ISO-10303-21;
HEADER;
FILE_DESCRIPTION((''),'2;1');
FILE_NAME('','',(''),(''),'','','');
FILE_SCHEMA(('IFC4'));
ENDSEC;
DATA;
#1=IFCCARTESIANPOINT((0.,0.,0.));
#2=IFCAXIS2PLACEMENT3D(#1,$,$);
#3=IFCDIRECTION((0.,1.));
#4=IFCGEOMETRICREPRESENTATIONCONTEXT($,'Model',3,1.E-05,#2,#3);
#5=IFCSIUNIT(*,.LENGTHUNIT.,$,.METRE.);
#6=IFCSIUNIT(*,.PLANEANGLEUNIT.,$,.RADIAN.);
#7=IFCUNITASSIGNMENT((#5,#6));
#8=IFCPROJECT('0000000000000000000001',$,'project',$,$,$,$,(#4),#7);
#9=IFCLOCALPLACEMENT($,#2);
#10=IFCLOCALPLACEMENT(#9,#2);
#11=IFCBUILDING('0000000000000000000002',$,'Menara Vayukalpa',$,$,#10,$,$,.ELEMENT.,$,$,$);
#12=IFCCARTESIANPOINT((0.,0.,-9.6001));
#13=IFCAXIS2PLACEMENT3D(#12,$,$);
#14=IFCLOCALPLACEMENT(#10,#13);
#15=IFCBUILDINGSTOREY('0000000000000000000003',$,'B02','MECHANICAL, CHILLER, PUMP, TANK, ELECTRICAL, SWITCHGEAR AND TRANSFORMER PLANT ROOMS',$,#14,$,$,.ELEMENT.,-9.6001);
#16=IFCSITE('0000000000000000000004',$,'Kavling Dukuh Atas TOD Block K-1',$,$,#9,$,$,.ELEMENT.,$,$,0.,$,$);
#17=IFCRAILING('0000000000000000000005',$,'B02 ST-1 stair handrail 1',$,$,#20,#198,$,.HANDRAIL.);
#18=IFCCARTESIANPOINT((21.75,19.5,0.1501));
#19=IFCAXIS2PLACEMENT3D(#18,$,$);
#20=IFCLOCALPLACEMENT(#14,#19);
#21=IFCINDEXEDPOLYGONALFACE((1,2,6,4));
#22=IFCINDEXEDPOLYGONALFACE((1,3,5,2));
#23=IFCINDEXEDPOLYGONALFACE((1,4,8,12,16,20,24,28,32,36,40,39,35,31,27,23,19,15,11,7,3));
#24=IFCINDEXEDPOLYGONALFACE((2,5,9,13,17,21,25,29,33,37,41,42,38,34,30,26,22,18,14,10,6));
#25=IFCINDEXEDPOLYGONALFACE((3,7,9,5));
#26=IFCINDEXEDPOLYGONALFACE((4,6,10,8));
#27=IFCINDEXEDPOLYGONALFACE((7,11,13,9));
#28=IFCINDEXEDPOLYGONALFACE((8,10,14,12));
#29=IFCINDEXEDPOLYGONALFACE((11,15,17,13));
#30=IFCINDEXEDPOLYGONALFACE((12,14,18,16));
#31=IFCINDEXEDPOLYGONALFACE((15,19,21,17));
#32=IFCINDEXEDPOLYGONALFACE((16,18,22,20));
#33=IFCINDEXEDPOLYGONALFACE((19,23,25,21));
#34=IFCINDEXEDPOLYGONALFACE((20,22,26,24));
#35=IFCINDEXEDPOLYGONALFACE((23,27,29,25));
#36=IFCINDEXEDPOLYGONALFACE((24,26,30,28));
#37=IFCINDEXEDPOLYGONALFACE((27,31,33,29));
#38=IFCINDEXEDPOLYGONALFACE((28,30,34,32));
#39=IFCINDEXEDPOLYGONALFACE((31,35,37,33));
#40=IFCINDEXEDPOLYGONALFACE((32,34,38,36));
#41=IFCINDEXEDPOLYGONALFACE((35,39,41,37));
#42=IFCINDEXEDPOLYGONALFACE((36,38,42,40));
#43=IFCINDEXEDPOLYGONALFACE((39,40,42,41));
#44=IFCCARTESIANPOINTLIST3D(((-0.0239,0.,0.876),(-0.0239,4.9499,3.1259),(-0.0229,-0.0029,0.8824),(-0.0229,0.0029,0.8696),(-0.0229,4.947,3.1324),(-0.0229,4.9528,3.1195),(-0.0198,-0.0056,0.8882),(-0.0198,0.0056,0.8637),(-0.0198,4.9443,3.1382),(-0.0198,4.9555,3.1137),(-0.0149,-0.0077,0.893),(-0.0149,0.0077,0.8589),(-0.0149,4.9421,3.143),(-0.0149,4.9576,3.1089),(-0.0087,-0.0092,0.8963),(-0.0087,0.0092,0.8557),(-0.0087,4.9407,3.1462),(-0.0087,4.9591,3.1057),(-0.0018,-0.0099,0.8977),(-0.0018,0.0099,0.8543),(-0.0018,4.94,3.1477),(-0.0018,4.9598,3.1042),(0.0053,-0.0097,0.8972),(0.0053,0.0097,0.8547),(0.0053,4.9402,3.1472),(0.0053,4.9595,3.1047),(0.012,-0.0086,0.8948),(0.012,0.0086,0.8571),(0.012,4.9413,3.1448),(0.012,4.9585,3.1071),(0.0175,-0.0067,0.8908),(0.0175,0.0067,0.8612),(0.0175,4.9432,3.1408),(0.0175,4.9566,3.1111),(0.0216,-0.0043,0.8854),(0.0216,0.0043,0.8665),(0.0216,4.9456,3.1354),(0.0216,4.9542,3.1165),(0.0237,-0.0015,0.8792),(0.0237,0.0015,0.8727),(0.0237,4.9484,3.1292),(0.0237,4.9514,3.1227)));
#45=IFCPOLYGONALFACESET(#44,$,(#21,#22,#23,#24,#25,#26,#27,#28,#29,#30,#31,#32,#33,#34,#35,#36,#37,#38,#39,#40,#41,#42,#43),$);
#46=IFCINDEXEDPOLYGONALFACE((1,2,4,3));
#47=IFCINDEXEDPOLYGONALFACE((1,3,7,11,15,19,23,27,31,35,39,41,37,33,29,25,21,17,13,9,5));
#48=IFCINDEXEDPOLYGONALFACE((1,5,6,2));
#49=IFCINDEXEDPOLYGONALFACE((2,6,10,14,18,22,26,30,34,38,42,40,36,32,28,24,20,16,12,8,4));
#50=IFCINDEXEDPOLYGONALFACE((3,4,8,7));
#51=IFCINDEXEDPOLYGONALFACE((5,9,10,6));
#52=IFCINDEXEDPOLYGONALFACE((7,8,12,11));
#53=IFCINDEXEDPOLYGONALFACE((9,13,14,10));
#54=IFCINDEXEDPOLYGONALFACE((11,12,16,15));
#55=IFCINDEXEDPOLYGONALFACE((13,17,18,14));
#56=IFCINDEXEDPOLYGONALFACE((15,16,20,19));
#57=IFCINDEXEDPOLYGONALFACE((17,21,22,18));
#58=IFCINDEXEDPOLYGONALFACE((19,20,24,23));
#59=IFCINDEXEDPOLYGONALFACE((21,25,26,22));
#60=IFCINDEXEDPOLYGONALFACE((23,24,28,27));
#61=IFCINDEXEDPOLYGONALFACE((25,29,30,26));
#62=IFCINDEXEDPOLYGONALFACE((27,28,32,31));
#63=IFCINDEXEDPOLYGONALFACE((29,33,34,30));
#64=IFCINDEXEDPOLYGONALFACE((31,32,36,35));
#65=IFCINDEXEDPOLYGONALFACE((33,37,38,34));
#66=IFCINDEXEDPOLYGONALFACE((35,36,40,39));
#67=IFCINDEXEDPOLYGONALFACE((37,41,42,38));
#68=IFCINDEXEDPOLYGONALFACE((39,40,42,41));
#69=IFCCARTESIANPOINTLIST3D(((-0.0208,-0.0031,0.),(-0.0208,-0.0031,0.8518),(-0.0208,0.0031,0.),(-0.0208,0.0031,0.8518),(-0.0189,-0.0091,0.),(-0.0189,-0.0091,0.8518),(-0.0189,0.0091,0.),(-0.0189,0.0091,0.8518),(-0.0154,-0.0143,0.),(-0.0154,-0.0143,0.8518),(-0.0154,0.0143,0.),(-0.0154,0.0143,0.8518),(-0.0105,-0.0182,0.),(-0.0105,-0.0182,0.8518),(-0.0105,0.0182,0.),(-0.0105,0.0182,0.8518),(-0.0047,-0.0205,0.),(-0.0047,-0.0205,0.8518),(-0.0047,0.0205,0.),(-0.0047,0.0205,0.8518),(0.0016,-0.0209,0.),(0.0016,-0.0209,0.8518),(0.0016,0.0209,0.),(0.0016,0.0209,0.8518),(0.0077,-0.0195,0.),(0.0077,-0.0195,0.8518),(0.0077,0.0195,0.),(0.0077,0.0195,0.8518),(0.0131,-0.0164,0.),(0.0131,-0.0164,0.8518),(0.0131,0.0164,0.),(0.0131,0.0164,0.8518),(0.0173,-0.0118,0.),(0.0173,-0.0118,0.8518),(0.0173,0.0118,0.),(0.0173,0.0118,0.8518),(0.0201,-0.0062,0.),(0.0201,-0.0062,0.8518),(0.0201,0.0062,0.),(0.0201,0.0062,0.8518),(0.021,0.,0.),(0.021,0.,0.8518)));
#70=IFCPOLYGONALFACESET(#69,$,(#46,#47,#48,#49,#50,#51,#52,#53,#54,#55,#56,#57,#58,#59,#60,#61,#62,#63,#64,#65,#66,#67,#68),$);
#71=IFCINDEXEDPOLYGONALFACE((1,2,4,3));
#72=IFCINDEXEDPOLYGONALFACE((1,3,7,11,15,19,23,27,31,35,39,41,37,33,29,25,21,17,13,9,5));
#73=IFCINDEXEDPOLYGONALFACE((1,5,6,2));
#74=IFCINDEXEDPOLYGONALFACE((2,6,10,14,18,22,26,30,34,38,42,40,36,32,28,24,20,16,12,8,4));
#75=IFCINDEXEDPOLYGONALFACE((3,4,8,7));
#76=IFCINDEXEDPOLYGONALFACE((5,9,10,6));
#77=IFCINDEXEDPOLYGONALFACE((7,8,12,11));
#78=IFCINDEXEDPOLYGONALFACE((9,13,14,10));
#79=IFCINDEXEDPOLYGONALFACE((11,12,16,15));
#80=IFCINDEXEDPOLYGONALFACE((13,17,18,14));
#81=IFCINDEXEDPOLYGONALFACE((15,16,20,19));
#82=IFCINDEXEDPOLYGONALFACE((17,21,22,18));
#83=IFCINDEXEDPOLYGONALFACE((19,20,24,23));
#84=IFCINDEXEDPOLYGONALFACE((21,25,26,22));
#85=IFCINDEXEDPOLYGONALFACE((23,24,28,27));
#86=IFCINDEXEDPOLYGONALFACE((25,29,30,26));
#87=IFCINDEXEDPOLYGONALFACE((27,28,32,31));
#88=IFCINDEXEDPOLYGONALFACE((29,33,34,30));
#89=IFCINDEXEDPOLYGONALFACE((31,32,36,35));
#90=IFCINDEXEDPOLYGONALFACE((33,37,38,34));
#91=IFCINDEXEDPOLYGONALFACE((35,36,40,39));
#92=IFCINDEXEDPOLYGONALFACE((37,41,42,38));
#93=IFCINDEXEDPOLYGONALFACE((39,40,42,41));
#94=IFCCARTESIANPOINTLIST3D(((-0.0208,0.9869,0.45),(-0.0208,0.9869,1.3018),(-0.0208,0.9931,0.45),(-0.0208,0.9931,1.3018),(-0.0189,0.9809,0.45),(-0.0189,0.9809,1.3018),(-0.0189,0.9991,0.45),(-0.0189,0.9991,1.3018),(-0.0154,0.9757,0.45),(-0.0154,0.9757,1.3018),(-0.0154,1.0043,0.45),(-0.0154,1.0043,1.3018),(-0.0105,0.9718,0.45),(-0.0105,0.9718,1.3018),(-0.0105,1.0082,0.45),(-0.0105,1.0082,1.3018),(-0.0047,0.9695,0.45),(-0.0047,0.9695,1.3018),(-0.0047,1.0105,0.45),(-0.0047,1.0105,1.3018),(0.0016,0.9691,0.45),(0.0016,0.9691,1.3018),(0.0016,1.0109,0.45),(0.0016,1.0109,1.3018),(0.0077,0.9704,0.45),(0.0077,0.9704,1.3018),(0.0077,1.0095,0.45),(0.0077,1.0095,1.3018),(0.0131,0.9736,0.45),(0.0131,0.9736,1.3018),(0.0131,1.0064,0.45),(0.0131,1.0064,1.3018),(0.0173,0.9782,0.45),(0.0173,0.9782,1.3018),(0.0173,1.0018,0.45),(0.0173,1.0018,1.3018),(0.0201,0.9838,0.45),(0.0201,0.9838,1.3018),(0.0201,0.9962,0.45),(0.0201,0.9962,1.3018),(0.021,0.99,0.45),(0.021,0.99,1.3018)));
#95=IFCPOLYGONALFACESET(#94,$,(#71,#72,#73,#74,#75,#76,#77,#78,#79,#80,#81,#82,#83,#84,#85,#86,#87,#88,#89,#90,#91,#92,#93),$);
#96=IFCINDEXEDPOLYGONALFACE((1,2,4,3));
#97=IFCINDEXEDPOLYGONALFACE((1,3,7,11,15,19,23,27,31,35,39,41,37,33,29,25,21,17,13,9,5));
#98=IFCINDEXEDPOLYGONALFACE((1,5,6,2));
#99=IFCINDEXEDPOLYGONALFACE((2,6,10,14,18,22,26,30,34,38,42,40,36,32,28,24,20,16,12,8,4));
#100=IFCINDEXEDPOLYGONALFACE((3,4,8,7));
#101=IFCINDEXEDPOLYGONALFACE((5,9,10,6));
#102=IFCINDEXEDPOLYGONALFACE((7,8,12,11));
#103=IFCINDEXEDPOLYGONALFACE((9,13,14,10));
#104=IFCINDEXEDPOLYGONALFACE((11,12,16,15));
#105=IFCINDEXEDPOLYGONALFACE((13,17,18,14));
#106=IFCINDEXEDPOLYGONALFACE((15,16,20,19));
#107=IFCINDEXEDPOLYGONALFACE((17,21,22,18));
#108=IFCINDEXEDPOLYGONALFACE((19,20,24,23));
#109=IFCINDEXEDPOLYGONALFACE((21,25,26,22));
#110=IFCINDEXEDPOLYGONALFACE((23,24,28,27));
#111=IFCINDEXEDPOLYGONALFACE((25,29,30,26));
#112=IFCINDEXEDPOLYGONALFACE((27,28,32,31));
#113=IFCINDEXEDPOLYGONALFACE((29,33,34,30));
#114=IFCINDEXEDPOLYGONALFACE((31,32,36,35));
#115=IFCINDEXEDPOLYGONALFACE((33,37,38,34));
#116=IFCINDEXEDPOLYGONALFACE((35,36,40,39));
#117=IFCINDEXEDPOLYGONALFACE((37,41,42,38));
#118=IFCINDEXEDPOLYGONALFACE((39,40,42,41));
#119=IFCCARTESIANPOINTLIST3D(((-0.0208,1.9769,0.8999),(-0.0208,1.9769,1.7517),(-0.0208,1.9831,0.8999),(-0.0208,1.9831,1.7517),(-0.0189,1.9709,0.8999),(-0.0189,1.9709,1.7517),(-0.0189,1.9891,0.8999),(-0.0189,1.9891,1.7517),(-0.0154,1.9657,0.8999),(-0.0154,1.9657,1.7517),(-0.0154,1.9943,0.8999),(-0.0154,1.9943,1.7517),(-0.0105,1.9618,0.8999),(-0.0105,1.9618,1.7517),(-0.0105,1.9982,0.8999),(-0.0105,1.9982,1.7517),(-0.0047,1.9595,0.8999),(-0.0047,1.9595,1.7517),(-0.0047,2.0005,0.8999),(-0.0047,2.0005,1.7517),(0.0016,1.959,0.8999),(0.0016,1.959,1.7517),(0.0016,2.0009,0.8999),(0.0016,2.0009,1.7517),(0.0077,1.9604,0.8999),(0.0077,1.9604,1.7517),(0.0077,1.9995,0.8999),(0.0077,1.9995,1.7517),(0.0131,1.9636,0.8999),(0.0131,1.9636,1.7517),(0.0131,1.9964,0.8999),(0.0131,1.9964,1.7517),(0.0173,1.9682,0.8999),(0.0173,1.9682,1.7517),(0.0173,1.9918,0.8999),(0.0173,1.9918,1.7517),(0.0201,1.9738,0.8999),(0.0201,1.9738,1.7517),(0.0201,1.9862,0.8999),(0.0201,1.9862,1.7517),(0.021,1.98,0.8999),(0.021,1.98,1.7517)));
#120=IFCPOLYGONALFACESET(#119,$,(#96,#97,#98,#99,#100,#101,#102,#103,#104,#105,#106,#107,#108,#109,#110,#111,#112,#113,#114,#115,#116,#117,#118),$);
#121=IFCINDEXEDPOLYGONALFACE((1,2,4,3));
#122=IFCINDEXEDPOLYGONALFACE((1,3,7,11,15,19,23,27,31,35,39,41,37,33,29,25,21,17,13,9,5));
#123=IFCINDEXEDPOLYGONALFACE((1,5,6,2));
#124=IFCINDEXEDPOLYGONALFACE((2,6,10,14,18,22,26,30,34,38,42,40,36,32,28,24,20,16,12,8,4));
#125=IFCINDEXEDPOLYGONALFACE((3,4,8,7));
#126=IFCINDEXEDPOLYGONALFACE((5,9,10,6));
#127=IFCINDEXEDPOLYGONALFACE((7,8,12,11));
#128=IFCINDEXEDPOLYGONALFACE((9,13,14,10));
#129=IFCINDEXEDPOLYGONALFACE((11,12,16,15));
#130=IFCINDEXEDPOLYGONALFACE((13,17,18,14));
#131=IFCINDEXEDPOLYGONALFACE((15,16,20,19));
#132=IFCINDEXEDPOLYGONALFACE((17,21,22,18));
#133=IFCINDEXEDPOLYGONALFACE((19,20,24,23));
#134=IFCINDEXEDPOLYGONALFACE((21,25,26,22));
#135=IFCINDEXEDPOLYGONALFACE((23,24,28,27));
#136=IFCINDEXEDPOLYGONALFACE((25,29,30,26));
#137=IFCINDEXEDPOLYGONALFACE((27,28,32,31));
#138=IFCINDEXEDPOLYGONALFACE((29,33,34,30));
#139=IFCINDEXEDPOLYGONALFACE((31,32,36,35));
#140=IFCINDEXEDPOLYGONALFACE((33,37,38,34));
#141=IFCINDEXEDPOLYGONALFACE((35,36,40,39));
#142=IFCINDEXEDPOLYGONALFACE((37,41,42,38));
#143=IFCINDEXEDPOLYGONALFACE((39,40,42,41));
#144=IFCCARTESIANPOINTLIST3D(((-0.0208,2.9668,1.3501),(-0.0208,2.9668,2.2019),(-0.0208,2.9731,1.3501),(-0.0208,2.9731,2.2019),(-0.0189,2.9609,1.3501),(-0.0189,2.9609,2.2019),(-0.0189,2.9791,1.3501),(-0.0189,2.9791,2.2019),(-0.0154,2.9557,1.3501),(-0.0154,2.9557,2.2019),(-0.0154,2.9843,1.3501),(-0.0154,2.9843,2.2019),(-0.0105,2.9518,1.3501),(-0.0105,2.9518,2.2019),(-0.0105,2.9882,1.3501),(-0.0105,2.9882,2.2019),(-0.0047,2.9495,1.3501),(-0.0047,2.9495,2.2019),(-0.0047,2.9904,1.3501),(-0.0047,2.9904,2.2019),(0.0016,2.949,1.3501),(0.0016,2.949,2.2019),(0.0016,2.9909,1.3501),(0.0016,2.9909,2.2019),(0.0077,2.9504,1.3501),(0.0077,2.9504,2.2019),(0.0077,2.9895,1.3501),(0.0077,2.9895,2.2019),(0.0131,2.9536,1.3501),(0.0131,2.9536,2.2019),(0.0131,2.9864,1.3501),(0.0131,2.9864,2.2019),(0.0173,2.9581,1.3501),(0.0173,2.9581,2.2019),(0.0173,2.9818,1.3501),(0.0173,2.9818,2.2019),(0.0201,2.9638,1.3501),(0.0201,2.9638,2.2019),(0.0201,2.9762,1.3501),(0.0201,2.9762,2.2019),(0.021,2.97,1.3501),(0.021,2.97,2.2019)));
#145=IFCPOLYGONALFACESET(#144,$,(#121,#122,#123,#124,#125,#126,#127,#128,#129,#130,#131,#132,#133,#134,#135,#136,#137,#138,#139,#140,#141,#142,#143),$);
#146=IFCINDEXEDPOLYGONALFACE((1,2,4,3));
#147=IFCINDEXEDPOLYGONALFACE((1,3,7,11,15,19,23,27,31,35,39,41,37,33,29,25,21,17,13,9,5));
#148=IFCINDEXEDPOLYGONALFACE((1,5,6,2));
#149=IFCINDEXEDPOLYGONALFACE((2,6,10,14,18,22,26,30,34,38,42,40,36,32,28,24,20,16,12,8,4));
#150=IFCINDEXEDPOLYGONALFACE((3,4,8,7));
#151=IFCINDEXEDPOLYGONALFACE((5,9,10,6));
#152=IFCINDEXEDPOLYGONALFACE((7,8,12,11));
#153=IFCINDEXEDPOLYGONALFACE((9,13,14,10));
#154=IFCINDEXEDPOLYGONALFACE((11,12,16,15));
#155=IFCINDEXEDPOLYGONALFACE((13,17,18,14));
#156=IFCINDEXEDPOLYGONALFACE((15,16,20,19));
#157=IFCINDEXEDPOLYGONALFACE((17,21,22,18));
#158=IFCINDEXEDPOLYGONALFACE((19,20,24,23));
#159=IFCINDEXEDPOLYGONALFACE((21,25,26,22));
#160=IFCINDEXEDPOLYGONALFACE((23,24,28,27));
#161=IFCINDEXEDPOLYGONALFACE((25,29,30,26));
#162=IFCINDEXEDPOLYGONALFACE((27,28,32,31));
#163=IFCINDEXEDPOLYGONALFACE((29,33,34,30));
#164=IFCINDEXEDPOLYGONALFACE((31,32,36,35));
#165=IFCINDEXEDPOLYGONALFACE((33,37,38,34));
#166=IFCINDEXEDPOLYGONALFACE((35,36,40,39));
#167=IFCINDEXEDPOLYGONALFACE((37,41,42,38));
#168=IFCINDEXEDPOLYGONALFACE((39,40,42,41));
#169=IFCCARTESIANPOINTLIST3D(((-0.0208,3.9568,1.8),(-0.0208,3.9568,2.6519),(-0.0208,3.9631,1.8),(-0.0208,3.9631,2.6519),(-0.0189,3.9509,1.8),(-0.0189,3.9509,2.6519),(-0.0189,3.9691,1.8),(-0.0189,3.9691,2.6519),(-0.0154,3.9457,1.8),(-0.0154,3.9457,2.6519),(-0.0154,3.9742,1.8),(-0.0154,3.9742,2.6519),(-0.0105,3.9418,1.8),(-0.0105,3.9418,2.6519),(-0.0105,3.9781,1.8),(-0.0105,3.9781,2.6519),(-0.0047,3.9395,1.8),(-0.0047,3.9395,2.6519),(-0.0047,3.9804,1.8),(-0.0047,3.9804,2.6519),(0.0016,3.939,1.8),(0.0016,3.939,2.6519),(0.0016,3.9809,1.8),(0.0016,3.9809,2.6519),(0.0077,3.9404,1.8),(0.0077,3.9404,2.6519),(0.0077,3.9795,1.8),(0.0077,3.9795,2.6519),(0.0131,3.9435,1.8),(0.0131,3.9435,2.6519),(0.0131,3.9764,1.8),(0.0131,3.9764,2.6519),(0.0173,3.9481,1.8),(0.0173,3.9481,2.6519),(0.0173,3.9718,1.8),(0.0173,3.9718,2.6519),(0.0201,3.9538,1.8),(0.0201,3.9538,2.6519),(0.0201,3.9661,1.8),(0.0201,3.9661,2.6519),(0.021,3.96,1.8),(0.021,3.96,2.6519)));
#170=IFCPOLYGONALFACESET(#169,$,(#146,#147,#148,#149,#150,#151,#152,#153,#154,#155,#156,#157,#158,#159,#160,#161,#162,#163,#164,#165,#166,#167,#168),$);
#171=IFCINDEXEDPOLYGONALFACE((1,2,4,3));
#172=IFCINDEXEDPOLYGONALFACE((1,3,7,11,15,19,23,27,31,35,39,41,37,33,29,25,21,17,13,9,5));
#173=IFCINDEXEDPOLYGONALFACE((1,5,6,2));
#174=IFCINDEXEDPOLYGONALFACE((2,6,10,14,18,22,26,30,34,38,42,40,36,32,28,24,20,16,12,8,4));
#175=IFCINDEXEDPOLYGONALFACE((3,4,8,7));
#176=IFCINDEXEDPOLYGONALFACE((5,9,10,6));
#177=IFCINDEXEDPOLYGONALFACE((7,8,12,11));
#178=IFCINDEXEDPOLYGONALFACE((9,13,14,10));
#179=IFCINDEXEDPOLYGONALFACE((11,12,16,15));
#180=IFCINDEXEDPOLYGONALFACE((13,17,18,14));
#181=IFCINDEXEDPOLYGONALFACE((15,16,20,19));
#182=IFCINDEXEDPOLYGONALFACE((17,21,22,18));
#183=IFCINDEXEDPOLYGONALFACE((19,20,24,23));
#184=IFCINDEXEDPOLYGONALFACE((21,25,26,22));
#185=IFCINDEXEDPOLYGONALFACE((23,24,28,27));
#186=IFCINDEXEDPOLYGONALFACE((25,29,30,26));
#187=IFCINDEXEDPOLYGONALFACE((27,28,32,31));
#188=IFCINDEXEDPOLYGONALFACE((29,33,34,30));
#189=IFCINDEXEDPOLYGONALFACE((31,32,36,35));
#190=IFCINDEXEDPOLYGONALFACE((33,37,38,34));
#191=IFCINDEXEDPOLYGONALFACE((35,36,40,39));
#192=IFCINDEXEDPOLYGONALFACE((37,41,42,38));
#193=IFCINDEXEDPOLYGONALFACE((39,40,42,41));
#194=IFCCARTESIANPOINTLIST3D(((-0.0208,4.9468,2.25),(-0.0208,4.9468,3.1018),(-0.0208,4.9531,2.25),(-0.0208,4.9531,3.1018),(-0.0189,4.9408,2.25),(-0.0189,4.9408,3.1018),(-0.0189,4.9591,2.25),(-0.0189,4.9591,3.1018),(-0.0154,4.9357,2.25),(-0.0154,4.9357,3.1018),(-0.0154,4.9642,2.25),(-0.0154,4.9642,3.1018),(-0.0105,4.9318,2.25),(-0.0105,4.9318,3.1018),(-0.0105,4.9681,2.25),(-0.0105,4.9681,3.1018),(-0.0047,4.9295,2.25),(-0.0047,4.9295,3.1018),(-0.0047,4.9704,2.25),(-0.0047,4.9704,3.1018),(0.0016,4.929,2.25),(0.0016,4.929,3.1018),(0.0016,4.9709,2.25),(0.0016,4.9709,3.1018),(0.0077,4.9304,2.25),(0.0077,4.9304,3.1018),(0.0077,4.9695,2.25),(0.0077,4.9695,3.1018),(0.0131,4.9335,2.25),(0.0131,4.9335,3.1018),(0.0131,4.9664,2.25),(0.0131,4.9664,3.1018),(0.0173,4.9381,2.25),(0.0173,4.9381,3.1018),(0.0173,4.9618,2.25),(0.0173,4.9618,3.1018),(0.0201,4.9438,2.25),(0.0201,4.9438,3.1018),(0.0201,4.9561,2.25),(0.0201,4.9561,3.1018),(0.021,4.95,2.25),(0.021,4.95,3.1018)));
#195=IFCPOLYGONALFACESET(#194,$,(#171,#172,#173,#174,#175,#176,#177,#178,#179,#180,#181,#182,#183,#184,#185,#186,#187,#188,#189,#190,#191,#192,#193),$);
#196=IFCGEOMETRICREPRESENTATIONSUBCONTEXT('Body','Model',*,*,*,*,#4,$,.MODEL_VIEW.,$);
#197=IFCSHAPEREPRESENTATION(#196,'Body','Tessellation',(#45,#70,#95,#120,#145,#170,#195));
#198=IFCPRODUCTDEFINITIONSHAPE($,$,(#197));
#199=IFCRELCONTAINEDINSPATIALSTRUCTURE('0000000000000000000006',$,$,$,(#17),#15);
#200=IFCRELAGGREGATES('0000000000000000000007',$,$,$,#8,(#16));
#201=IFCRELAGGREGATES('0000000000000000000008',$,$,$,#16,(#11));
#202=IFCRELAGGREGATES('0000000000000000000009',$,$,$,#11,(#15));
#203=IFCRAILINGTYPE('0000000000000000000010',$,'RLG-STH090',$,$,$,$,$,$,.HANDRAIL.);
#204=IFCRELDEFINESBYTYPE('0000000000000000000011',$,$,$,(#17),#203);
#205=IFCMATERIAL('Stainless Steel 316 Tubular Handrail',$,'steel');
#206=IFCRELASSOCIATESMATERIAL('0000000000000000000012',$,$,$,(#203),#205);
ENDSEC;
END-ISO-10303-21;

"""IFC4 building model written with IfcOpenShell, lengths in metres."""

from ifc_helpers import new_model, si_unit, direction, frame, origin, origin_2d, place, context, subcontext, project, spatial, circle, extrude, material, type_object, element, save


model = new_model("IFC4")

# Units and contexts
model_context = context("Model", 3, precision=1e-05, world=origin(), true_north=direction((0.0, 1.0)))
body_context = subcontext(model_context, "Body", "Model", "MODEL_VIEW")
ifc_project = project(units=[si_unit("LENGTHUNIT", "METRE"), si_unit("PLANEANGLEUNIT", "RADIAN")], contexts=[model_context])

# Site, building, storey
site_placement = place(None, origin())
site = spatial("IfcSite", under=ifc_project, at=site_placement, Name="Kavling Dukuh Atas TOD Block K-1", CompositionType="ELEMENT", RefElevation=0.0)
building_placement = place(site_placement, origin())
building = spatial("IfcBuilding", under=site, at=building_placement, Name="Menara Vayukalpa", CompositionType="ELEMENT")
storey_placement = place(building_placement, frame((0.0, 0.0, -9.6001)))
storey = spatial("IfcBuildingStorey", under=building, at=storey_placement, Name="B02", Description="MECHANICAL, CHILLER, PUMP, TANK, ELECTRICAL, SWITCHGEAR AND TRANSFORMER PLANT ROOMS", CompositionType="ELEMENT", Elevation=-9.6001)

# Railing
ifc_material_1 = material(Name="Stainless Steel 316 Tubular Handrail", Category="steel")
railing_type_1 = type_object("IfcRailingType", Name="RLG-STH090", PredefinedType="HANDRAIL", material=ifc_material_1)
railing_1_placement = place(storey_placement, frame((21.75, 19.5, 0.1501)))
element("IfcRailing", 1, at=railing_1_placement, inside=storey, type_object=railing_type_1, Name="B02 ST-1 stair handrail 1", PredefinedType="HANDRAIL", context=body_context, shape_type="SweptSolid", body=[
    extrude(circle(Radius=0.0239, at=origin_2d()), frame((0.0, 0.0, 0.876), z_axis=(0.0, 0.910365, 0.413806), x_axis=(-1.0, 0.0, 0.0)), (0.0, 0.0, 1.0), 5.4373),
    extrude(circle(Radius=0.021, at=origin_2d()), origin(), (0.0, 0.0, 1.0), 0.8518),
    extrude(circle(Radius=0.021, at=origin_2d()), frame((0.0, 0.99, 0.45)), (0.0, 0.0, 1.0), 0.8518),
    extrude(circle(Radius=0.021, at=origin_2d()), frame((0.0, 1.98, 0.8999)), (0.0, 0.0, 1.0), 0.8518),
    extrude(circle(Radius=0.021, at=origin_2d()), frame((0.0, 2.97, 1.3501)), (0.0, 0.0, 1.0), 0.8518),
    extrude(circle(Radius=0.021, at=origin_2d()), frame((0.0, 3.96, 1.8)), (0.0, 0.0, 1.0), 0.8518),
    extrude(circle(Radius=0.021, at=origin_2d()), frame((0.0, 4.95, 2.25)), (0.0, 0.0, 1.0), 0.8518),
])

save(model, "model.ifc")
